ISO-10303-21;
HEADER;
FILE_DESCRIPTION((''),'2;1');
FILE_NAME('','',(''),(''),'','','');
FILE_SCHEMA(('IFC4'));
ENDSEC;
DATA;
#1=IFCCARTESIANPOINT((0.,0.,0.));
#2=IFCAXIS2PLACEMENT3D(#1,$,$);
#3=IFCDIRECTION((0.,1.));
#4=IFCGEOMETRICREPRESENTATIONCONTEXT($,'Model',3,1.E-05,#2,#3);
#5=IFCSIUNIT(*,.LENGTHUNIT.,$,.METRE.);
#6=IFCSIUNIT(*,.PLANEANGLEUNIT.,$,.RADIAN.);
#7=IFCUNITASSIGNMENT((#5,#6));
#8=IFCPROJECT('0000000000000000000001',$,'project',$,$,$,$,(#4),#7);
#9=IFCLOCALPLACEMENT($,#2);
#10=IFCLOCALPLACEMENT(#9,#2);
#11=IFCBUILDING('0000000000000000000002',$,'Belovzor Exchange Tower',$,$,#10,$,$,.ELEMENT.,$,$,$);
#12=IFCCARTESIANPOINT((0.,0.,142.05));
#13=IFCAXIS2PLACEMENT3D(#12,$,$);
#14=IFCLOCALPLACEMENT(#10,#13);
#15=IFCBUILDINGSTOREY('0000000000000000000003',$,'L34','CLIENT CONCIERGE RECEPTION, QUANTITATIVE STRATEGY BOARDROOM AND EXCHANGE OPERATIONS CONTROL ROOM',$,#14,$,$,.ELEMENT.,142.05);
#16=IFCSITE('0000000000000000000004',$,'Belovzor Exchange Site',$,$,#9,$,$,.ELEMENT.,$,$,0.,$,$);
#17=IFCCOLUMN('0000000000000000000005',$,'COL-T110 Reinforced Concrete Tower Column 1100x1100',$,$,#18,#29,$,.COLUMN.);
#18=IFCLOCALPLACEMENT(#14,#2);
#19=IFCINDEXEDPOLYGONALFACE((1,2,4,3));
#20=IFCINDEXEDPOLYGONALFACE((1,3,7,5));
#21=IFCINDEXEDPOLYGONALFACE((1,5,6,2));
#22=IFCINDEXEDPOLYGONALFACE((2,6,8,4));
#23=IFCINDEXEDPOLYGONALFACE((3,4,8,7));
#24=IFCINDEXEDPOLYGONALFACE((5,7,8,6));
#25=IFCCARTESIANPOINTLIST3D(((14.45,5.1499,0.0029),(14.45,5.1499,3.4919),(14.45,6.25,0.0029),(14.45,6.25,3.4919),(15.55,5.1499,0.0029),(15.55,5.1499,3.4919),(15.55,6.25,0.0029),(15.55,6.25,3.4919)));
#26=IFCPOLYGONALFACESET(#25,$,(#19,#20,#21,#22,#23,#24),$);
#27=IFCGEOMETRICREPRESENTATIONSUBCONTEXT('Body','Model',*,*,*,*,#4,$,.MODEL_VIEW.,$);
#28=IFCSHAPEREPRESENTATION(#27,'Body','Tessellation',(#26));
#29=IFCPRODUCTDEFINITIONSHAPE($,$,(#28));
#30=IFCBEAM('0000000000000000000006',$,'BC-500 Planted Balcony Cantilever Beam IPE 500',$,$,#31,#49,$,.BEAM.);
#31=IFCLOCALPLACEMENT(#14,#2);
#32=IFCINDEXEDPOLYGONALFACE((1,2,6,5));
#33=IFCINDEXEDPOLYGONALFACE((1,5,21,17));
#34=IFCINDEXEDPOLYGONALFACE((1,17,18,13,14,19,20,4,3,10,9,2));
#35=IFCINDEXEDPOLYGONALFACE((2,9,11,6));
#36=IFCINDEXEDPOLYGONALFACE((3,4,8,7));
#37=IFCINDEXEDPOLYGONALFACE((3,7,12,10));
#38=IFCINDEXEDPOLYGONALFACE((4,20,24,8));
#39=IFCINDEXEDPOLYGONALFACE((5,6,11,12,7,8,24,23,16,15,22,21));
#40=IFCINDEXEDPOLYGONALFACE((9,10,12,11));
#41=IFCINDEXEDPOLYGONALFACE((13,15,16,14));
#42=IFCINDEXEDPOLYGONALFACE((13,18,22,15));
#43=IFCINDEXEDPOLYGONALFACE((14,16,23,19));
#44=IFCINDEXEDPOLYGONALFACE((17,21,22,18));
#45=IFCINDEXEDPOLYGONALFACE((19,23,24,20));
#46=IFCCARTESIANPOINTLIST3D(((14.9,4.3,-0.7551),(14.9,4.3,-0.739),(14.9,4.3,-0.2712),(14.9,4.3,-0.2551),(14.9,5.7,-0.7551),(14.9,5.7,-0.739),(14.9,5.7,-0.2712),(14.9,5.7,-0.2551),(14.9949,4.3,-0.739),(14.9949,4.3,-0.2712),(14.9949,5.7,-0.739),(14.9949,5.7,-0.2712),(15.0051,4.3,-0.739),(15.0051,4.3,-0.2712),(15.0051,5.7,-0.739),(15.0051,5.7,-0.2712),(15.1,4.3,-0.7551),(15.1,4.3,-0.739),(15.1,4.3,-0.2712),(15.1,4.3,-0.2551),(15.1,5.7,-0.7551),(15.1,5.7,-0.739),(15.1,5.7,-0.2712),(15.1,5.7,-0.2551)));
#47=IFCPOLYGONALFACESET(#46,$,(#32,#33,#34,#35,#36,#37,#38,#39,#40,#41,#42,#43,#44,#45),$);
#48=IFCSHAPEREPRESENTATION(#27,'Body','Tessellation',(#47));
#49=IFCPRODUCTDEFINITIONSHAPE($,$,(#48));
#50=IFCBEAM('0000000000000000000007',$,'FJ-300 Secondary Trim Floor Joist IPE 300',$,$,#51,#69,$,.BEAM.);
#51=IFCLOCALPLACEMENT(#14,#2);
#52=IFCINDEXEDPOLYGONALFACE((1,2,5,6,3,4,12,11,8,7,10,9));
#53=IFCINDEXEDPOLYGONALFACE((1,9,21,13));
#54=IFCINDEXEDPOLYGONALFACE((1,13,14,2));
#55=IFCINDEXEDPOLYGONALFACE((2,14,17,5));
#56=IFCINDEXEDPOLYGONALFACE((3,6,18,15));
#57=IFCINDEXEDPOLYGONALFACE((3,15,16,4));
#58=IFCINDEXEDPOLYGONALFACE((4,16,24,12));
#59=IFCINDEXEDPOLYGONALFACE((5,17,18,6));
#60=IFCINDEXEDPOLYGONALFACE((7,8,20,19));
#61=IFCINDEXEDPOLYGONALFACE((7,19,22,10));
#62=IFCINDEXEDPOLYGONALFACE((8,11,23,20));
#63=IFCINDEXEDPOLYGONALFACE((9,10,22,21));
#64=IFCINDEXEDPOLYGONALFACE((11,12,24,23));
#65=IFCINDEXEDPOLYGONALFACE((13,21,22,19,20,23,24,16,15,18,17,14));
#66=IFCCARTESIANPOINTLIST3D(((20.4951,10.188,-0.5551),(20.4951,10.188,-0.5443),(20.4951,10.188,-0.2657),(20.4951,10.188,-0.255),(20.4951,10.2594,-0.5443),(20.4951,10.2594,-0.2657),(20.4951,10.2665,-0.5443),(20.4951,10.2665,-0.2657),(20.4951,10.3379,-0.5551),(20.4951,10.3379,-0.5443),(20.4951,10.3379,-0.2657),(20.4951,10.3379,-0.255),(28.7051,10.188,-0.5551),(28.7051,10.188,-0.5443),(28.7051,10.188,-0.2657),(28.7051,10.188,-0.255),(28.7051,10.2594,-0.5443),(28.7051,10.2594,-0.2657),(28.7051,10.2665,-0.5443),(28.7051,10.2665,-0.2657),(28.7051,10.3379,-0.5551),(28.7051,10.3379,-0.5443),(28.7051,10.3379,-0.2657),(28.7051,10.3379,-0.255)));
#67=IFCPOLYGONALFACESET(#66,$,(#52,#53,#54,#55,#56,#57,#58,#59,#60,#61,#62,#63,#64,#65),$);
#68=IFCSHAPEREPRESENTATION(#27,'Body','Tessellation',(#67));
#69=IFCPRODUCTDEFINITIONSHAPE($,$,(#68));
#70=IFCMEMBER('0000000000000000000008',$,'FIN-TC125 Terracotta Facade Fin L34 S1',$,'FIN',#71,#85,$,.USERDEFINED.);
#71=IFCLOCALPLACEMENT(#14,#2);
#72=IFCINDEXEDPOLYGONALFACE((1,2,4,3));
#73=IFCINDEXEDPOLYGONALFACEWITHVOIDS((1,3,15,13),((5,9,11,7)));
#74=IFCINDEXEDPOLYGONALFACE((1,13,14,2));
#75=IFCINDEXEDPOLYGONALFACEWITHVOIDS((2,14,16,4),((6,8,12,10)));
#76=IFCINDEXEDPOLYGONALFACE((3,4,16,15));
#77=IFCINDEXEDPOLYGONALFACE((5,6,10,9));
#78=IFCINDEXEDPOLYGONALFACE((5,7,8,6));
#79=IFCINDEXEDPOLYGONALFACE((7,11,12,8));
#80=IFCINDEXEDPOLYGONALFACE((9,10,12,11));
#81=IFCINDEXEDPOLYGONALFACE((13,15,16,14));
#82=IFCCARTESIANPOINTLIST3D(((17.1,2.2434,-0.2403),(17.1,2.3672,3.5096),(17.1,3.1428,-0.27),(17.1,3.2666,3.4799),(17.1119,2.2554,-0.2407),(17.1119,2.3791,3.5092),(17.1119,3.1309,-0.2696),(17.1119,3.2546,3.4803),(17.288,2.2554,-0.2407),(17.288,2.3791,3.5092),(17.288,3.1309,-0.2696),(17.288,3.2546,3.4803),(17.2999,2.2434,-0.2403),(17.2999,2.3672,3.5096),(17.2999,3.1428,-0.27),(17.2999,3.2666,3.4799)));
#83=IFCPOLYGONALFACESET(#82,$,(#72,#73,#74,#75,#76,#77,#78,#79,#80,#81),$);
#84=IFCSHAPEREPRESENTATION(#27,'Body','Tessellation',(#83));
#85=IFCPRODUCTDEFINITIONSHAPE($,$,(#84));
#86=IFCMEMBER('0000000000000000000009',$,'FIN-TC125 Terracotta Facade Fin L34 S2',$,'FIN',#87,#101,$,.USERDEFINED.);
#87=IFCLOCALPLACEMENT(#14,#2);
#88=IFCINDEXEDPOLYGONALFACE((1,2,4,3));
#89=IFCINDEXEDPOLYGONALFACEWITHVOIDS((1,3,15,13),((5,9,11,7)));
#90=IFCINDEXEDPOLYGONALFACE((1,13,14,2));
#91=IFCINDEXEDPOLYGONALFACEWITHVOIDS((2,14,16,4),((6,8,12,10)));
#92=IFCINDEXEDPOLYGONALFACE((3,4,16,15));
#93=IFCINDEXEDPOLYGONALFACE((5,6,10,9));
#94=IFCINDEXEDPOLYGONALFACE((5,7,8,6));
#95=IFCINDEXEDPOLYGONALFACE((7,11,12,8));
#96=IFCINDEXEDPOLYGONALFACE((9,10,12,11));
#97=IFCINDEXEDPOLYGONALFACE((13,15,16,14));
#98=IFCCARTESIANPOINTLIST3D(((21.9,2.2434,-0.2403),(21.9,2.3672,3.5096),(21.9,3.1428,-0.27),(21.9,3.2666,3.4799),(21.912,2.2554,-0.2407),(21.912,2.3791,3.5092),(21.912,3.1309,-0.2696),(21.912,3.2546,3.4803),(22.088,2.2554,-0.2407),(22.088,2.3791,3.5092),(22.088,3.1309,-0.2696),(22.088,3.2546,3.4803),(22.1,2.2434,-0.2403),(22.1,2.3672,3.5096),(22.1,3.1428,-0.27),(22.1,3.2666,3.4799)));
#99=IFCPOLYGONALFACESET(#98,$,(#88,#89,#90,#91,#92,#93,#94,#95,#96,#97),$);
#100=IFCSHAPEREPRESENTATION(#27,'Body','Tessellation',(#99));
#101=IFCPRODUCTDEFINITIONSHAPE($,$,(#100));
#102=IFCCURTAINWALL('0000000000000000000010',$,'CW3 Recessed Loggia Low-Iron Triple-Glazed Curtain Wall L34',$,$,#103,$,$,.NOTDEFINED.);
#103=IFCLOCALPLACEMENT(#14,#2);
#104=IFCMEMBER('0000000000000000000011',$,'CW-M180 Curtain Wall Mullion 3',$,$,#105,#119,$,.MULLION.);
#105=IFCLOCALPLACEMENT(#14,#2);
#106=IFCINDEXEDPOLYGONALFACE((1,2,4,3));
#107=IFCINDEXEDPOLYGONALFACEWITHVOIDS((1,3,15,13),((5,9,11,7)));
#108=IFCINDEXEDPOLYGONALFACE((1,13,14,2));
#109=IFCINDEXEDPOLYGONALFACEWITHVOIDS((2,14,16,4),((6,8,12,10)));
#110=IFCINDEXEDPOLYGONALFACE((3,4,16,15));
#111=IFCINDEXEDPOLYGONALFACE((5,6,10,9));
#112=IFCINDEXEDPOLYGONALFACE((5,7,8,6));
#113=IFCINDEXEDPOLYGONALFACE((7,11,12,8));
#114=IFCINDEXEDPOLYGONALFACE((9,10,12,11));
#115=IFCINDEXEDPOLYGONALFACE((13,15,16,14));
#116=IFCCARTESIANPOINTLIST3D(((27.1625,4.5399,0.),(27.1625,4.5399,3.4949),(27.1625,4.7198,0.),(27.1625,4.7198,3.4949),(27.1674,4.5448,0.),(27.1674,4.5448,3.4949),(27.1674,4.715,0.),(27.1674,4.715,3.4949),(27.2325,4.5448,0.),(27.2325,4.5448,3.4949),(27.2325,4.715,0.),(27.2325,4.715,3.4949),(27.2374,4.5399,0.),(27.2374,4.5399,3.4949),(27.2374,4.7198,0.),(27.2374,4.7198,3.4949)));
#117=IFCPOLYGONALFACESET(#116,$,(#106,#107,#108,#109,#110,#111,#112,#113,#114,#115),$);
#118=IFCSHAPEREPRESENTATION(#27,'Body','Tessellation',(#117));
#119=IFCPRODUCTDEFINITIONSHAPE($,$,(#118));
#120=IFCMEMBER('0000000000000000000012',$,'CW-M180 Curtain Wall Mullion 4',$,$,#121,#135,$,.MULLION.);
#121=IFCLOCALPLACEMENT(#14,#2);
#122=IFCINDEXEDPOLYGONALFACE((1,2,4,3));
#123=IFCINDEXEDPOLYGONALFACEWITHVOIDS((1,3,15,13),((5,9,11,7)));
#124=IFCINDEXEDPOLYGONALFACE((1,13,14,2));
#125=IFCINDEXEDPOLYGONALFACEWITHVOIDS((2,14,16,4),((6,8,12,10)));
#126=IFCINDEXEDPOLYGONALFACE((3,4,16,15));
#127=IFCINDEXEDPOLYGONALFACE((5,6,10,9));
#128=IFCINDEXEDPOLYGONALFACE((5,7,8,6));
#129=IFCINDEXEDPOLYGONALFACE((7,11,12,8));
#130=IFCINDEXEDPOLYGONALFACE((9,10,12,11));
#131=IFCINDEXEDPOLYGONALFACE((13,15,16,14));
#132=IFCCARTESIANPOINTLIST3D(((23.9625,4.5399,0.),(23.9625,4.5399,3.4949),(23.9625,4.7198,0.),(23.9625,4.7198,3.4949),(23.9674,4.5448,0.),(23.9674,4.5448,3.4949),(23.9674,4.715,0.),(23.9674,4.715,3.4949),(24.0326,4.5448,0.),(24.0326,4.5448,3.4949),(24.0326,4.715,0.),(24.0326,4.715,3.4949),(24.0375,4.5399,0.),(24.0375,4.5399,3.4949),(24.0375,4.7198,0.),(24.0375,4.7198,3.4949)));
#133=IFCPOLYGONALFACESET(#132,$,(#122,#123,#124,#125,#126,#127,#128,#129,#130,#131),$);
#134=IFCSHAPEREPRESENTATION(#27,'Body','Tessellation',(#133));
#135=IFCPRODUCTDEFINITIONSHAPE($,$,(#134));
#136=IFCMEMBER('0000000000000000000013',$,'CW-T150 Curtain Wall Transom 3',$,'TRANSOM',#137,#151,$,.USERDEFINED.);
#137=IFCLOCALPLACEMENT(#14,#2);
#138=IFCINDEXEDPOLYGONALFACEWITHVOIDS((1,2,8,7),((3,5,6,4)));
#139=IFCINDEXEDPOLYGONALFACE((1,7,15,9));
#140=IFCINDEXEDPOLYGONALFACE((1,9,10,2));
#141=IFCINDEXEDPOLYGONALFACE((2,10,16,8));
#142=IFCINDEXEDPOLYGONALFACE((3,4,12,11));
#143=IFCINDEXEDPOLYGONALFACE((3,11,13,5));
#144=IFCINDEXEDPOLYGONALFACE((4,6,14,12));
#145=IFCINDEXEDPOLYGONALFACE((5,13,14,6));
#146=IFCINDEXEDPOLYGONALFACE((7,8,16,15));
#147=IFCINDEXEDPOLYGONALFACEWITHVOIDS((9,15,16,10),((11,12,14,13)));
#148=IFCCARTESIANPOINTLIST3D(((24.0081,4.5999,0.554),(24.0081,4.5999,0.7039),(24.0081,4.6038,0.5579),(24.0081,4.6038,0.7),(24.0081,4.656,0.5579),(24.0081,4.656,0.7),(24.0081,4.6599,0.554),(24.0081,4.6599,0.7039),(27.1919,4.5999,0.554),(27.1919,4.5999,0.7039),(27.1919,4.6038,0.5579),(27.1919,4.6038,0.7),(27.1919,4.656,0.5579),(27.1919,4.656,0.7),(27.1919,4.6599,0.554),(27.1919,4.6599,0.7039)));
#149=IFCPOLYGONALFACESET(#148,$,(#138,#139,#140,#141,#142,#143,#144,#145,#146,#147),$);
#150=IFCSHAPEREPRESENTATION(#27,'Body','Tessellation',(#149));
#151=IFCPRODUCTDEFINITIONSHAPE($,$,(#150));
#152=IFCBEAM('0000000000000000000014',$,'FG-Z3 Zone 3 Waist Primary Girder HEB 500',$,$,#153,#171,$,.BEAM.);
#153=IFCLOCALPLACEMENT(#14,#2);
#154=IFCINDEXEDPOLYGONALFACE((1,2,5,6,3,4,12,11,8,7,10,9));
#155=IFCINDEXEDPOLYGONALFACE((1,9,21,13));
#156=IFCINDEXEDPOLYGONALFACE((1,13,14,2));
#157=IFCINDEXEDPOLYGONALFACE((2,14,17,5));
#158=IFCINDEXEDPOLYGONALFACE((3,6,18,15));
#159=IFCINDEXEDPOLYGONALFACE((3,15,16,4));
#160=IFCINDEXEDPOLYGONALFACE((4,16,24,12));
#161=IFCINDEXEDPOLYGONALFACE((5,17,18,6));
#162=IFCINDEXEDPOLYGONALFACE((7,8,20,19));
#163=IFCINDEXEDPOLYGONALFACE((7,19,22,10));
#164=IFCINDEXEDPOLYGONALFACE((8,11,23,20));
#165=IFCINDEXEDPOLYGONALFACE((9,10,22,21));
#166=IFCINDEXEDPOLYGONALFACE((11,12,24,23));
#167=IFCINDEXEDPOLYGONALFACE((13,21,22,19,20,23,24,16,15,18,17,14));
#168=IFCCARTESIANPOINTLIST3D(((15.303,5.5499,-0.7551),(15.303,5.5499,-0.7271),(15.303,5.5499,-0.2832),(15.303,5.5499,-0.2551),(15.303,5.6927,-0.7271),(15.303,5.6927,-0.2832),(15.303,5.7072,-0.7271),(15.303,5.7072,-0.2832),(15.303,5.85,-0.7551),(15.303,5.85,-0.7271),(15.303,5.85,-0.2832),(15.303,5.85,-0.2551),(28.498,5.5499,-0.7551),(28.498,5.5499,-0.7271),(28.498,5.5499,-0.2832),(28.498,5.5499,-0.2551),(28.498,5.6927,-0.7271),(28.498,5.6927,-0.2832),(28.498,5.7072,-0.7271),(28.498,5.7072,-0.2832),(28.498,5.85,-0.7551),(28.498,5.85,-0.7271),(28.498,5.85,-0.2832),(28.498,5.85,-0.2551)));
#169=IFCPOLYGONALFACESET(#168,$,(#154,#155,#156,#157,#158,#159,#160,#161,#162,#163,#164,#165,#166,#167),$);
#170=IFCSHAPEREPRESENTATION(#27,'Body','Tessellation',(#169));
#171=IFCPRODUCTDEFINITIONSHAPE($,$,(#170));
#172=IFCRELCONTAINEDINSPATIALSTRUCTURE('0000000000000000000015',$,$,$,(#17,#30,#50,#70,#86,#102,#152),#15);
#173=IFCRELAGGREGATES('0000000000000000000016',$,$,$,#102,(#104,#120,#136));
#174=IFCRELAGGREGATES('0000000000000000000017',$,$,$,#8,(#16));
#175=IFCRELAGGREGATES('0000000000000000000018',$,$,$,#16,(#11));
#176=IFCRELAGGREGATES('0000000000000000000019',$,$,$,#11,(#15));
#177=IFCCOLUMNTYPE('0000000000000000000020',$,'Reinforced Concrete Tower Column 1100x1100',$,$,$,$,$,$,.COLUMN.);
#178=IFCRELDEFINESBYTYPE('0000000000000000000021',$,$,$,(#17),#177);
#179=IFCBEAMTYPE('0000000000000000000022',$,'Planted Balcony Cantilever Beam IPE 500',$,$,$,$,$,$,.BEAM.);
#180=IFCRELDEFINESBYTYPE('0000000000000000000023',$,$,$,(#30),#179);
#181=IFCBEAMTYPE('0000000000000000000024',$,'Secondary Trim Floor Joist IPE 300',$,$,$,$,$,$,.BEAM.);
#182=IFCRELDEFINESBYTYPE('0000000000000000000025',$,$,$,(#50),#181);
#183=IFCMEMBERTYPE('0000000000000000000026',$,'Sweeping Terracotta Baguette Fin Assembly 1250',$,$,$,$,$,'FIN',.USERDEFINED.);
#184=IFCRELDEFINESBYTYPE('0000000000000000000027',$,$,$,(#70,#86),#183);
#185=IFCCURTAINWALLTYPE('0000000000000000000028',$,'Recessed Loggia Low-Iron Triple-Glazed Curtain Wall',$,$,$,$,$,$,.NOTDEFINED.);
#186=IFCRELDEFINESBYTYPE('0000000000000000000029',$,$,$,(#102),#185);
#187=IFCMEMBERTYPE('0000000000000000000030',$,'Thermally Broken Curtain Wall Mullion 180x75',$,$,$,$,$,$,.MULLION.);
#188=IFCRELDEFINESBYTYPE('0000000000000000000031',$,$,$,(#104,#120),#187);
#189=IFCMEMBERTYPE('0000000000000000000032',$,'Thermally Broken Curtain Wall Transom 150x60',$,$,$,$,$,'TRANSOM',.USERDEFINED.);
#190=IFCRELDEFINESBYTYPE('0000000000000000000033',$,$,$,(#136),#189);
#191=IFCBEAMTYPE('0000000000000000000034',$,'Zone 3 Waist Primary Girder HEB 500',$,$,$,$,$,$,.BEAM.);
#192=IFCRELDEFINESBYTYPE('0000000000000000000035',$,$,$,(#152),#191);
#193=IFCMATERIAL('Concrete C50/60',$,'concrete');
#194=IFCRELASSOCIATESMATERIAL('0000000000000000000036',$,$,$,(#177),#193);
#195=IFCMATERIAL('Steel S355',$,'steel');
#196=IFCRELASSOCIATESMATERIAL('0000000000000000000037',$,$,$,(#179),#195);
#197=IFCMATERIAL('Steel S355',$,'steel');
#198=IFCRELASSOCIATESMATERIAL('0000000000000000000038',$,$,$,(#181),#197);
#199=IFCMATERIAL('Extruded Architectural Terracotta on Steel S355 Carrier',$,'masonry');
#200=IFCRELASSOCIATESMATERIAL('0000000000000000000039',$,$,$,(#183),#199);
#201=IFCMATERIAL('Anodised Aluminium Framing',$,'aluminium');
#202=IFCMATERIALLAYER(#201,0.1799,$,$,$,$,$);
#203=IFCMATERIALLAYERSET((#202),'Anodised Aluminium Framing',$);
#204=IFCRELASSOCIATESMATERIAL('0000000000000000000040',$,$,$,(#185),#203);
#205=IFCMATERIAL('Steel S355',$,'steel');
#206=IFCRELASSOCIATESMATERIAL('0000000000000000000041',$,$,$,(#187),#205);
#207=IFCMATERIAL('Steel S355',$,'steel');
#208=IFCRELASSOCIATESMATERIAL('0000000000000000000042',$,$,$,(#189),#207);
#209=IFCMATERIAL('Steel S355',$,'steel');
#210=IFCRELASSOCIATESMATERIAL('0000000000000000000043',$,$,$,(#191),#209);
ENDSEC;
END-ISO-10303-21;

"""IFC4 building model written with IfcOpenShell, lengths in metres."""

from ifc_helpers import new_model, si_unit, direction, frame, origin, origin_2d, place, context, subcontext, project, spatial, rectangle, hollow_rectangle, i_section, extrude, material, layer, layer_set, material_profile, profile_set, type_object, element, aggregate, save


model = new_model("IFC4")

# Units and contexts
model_context = context("Model", 3, precision=1e-05, world=origin(), true_north=direction((0.0, 1.0)))
body_context = subcontext(model_context, "Body", "Model", "MODEL_VIEW")
ifc_project = project(units=[si_unit("LENGTHUNIT", "METRE"), si_unit("PLANEANGLEUNIT", "RADIAN")], contexts=[model_context])

# Site, building, storey
site_placement = place(None, origin())
site = spatial("IfcSite", under=ifc_project, at=site_placement, Name="Belovzor Exchange Site", CompositionType="ELEMENT", RefElevation=0.0)
building_placement = place(site_placement, origin())
building = spatial("IfcBuilding", under=site, at=building_placement, Name="Belovzor Exchange Tower", CompositionType="ELEMENT")
storey_placement = place(building_placement, frame((0.0, 0.0, 142.05)))
storey = spatial("IfcBuildingStorey", under=building, at=storey_placement, Name="L34", Description="CLIENT CONCIERGE RECEPTION, QUANTITATIVE STRATEGY BOARDROOM AND EXCHANGE OPERATIONS CONTROL ROOM", CompositionType="ELEMENT", Elevation=142.05)

# Column
ifc_material_1 = material(Name="Concrete C50/60", Category="concrete")
ifc_material_profile_1 = material_profile(ifc_material_1, rectangle(XDim=1.1001, YDim=1.1001, at=origin_2d()))
ifc_profile_set_1 = profile_set([ifc_material_profile_1], Name="Concrete C50/60")
column_type = type_object("IfcColumnType", Name="Reinforced Concrete Tower Column 1100x1100", PredefinedType="COLUMN", material=ifc_profile_set_1)
column_placement = place(storey_placement, frame((15.0, 5.7, 0.0029), z_axis=(0.0, 0.0, 1.0), x_axis=(1.0, 0.0, 0.0)))
element("IfcColumn", 1, at=column_placement, inside=storey, type_object=column_type, Name="COL-T110 Reinforced Concrete Tower Column 1100x1100", PredefinedType="COLUMN", context=body_context, shape_type="SweptSolid", body=[
    extrude(rectangle(XDim=1.1001, YDim=1.1001, at=origin_2d()), origin(), (0.0, 0.0, 1.0), 3.489),
])

# Beams
ifc_material_2 = material(Name="Steel S355", Category="steel")
ifc_material_profile_2 = material_profile(ifc_material_2, i_section(OverallWidth=0.2, OverallDepth=0.5, WebThickness=0.0103, FlangeThickness=0.0161, at=origin_2d()))
ifc_profile_set_2 = profile_set([ifc_material_profile_2], Name="Steel S355")
beam_type_1 = type_object("IfcBeamType", Name="Planted Balcony Cantilever Beam IPE 500", PredefinedType="BEAM", material=ifc_profile_set_2)
beam_1_placement = place(storey_placement, frame((15.0, 5.7, -0.5051), z_axis=(0.0, -1.0, 0.0), x_axis=(1.0, 0.0, 0.0)))
element("IfcBeam", 2, at=beam_1_placement, inside=storey, type_object=beam_type_1, Name="BC-500 Planted Balcony Cantilever Beam IPE 500", PredefinedType="BEAM", context=body_context, shape_type="SweptSolid", body=[
    extrude(i_section(OverallWidth=0.2, OverallDepth=0.5, WebThickness=0.0103, FlangeThickness=0.0161, at=origin_2d()), origin(), (0.0, 0.0, 1.0), 1.3999),
])
ifc_material_3 = material(Name="Steel S355", Category="steel")
ifc_material_profile_3 = material_profile(ifc_material_3, i_section(OverallWidth=0.1499, OverallDepth=0.3, WebThickness=0.0071, FlangeThickness=0.0107, at=origin_2d()))
ifc_profile_set_3 = profile_set([ifc_material_profile_3], Name="Steel S355")
beam_type_2 = type_object("IfcBeamType", Name="Secondary Trim Floor Joist IPE 300", PredefinedType="BEAM", material=ifc_profile_set_3)
beam_2_placement = place(storey_placement, frame((20.4951, 10.2629, -0.405), z_axis=(1.0, 0.0, 0.0), x_axis=(0.0, 1.0, 0.0)))
element("IfcBeam", 3, at=beam_2_placement, inside=storey, type_object=beam_type_2, Name="FJ-300 Secondary Trim Floor Joist IPE 300", PredefinedType="BEAM", context=body_context, shape_type="SweptSolid", body=[
    extrude(i_section(OverallWidth=0.1499, OverallDepth=0.3, WebThickness=0.0071, FlangeThickness=0.0107, at=origin_2d()), origin(), (0.0, 0.0, 1.0), 8.21),
])

# Members
ifc_material_4 = material(Name="Extruded Architectural Terracotta on Steel S355 Carrier", Category="masonry")
ifc_material_profile_4 = material_profile(ifc_material_4, hollow_rectangle(XDim=0.2, YDim=0.8999, WallThickness=0.012, at=origin_2d()))
ifc_profile_set_4 = profile_set([ifc_material_profile_4], Name="Extruded Architectural Terracotta on Steel S355 Carrier")
member_type_1 = type_object("IfcMemberType", Name="Sweeping Terracotta Baguette Fin Assembly 1250", ElementType="FIN", PredefinedType="USERDEFINED", material=ifc_profile_set_4)
for number, where, z_axis, x_axis, name in (
    (4, (17.2, 2.6931, -0.2551), (0.0, 0.03299, 0.999456), (-1.0, 0.0, 0.0), "FIN-TC125 Terracotta Facade Fin L34 S1"),
    (5, (22.0, 2.6931, -0.2551), (0.0, 0.03299, 0.999456), (-1.0, 0.0, 0.0), "FIN-TC125 Terracotta Facade Fin L34 S2"),
):
    element("IfcMember", number, at=place(storey_placement, frame(where, z_axis=z_axis, x_axis=x_axis)), inside=storey, type_object=member_type_1, Name=name, ObjectType="FIN", PredefinedType="USERDEFINED", context=body_context, shape_type="SweptSolid", body=[
        extrude(hollow_rectangle(XDim=0.2, YDim=0.8999, WallThickness=0.012, at=origin_2d()), origin(), (0.0, 0.0, 1.0), 3.752),
    ])

# Curtain wall, members
ifc_material_5 = material(Name="Anodised Aluminium Framing", Category="aluminium")
ifc_layer_1 = layer(ifc_material_5, 0.1799)
ifc_layer_set_1 = layer_set([ifc_layer_1], Name="Anodised Aluminium Framing")
curtain_wall_type = type_object("IfcCurtainWallType", Name="Recessed Loggia Low-Iron Triple-Glazed Curtain Wall", PredefinedType="NOTDEFINED", material=ifc_layer_set_1)
curtain_wall_placement = place(storey_placement, origin())
curtain_wall = element("IfcCurtainWall", 6, at=curtain_wall_placement, inside=storey, type_object=curtain_wall_type, Name="CW3 Recessed Loggia Low-Iron Triple-Glazed Curtain Wall L34", PredefinedType="NOTDEFINED")
ifc_material_6 = material(Name="Steel S355", Category="steel")
ifc_material_profile_5 = material_profile(ifc_material_6, hollow_rectangle(XDim=0.075, YDim=0.1799, WallThickness=0.0049, at=origin_2d()))
ifc_profile_set_5 = profile_set([ifc_material_profile_5], Name="Steel S355")
member_type_2 = type_object("IfcMemberType", Name="Thermally Broken Curtain Wall Mullion 180x75", PredefinedType="MULLION", material=ifc_profile_set_5)
member_1_placement = place(storey_placement, frame((27.2, 4.6299, 0.0), z_axis=(0.0, 0.0, 1.0), x_axis=(-1.0, 0.0, 0.0)))
member_1 = element("IfcMember", 7, at=member_1_placement, type_object=member_type_2, Name="CW-M180 Curtain Wall Mullion 3", PredefinedType="MULLION", context=body_context, shape_type="SweptSolid", body=[
    extrude(hollow_rectangle(XDim=0.075, YDim=0.1799, WallThickness=0.0049, at=origin_2d()), origin(), (0.0, 0.0, 1.0), 3.4949),
])
member_2_placement = place(storey_placement, frame((24.0, 4.6299, 0.0), z_axis=(0.0, 0.0, 1.0), x_axis=(-1.0, 0.0, 0.0)))
member_2 = element("IfcMember", 8, at=member_2_placement, type_object=member_type_2, Name="CW-M180 Curtain Wall Mullion 4", PredefinedType="MULLION", context=body_context, shape_type="SweptSolid", body=[
    extrude(hollow_rectangle(XDim=0.075, YDim=0.1799, WallThickness=0.0049, at=origin_2d()), origin(), (0.0, 0.0, 1.0), 3.4949),
])
ifc_material_7 = material(Name="Steel S355", Category="steel")
ifc_material_profile_6 = material_profile(ifc_material_7, hollow_rectangle(XDim=0.0601, YDim=0.1499, WallThickness=0.0039, at=origin_2d()))
ifc_profile_set_6 = profile_set([ifc_material_profile_6], Name="Steel S355")
member_type_3 = type_object("IfcMemberType", Name="Thermally Broken Curtain Wall Transom 150x60", ElementType="TRANSOM", PredefinedType="USERDEFINED", material=ifc_profile_set_6)
member_3_placement = place(storey_placement, frame((27.1919, 4.6299, 0.6289), z_axis=(-1.0, 0.0, 0.0), x_axis=(0.0, -1.0, 0.0)))
member_3 = element("IfcMember", 9, at=member_3_placement, type_object=member_type_3, Name="CW-T150 Curtain Wall Transom 3", ObjectType="TRANSOM", PredefinedType="USERDEFINED", context=body_context, shape_type="SweptSolid", body=[
    extrude(hollow_rectangle(XDim=0.0601, YDim=0.1499, WallThickness=0.0039, at=origin_2d()), origin(), (0.0, 0.0, 1.0), 3.1838),
])

# Beam
ifc_material_8 = material(Name="Steel S355", Category="steel")
ifc_material_profile_7 = material_profile(ifc_material_8, i_section(OverallWidth=0.3, OverallDepth=0.5, WebThickness=0.0144, FlangeThickness=0.0281, at=origin_2d()))
ifc_profile_set_7 = profile_set([ifc_material_profile_7], Name="Steel S355")
beam_type_3 = type_object("IfcBeamType", Name="Zone 3 Waist Primary Girder HEB 500", PredefinedType="BEAM", material=ifc_profile_set_7)
beam_3_placement = place(storey_placement, frame((15.303, 5.7, -0.5051), z_axis=(1.0, 0.0, 0.0), x_axis=(0.0, 1.0, 0.0)))
element("IfcBeam", 10, at=beam_3_placement, inside=storey, type_object=beam_type_3, Name="FG-Z3 Zone 3 Waist Primary Girder HEB 500", PredefinedType="BEAM", context=body_context, shape_type="SweptSolid", body=[
    extrude(i_section(OverallWidth=0.3, OverallDepth=0.5, WebThickness=0.0144, FlangeThickness=0.0281, at=origin_2d()), origin(), (0.0, 0.0, 1.0), 13.1951),
])

aggregate(curtain_wall, [member_1, member_2, member_3])

save(model, "model.ifc")
